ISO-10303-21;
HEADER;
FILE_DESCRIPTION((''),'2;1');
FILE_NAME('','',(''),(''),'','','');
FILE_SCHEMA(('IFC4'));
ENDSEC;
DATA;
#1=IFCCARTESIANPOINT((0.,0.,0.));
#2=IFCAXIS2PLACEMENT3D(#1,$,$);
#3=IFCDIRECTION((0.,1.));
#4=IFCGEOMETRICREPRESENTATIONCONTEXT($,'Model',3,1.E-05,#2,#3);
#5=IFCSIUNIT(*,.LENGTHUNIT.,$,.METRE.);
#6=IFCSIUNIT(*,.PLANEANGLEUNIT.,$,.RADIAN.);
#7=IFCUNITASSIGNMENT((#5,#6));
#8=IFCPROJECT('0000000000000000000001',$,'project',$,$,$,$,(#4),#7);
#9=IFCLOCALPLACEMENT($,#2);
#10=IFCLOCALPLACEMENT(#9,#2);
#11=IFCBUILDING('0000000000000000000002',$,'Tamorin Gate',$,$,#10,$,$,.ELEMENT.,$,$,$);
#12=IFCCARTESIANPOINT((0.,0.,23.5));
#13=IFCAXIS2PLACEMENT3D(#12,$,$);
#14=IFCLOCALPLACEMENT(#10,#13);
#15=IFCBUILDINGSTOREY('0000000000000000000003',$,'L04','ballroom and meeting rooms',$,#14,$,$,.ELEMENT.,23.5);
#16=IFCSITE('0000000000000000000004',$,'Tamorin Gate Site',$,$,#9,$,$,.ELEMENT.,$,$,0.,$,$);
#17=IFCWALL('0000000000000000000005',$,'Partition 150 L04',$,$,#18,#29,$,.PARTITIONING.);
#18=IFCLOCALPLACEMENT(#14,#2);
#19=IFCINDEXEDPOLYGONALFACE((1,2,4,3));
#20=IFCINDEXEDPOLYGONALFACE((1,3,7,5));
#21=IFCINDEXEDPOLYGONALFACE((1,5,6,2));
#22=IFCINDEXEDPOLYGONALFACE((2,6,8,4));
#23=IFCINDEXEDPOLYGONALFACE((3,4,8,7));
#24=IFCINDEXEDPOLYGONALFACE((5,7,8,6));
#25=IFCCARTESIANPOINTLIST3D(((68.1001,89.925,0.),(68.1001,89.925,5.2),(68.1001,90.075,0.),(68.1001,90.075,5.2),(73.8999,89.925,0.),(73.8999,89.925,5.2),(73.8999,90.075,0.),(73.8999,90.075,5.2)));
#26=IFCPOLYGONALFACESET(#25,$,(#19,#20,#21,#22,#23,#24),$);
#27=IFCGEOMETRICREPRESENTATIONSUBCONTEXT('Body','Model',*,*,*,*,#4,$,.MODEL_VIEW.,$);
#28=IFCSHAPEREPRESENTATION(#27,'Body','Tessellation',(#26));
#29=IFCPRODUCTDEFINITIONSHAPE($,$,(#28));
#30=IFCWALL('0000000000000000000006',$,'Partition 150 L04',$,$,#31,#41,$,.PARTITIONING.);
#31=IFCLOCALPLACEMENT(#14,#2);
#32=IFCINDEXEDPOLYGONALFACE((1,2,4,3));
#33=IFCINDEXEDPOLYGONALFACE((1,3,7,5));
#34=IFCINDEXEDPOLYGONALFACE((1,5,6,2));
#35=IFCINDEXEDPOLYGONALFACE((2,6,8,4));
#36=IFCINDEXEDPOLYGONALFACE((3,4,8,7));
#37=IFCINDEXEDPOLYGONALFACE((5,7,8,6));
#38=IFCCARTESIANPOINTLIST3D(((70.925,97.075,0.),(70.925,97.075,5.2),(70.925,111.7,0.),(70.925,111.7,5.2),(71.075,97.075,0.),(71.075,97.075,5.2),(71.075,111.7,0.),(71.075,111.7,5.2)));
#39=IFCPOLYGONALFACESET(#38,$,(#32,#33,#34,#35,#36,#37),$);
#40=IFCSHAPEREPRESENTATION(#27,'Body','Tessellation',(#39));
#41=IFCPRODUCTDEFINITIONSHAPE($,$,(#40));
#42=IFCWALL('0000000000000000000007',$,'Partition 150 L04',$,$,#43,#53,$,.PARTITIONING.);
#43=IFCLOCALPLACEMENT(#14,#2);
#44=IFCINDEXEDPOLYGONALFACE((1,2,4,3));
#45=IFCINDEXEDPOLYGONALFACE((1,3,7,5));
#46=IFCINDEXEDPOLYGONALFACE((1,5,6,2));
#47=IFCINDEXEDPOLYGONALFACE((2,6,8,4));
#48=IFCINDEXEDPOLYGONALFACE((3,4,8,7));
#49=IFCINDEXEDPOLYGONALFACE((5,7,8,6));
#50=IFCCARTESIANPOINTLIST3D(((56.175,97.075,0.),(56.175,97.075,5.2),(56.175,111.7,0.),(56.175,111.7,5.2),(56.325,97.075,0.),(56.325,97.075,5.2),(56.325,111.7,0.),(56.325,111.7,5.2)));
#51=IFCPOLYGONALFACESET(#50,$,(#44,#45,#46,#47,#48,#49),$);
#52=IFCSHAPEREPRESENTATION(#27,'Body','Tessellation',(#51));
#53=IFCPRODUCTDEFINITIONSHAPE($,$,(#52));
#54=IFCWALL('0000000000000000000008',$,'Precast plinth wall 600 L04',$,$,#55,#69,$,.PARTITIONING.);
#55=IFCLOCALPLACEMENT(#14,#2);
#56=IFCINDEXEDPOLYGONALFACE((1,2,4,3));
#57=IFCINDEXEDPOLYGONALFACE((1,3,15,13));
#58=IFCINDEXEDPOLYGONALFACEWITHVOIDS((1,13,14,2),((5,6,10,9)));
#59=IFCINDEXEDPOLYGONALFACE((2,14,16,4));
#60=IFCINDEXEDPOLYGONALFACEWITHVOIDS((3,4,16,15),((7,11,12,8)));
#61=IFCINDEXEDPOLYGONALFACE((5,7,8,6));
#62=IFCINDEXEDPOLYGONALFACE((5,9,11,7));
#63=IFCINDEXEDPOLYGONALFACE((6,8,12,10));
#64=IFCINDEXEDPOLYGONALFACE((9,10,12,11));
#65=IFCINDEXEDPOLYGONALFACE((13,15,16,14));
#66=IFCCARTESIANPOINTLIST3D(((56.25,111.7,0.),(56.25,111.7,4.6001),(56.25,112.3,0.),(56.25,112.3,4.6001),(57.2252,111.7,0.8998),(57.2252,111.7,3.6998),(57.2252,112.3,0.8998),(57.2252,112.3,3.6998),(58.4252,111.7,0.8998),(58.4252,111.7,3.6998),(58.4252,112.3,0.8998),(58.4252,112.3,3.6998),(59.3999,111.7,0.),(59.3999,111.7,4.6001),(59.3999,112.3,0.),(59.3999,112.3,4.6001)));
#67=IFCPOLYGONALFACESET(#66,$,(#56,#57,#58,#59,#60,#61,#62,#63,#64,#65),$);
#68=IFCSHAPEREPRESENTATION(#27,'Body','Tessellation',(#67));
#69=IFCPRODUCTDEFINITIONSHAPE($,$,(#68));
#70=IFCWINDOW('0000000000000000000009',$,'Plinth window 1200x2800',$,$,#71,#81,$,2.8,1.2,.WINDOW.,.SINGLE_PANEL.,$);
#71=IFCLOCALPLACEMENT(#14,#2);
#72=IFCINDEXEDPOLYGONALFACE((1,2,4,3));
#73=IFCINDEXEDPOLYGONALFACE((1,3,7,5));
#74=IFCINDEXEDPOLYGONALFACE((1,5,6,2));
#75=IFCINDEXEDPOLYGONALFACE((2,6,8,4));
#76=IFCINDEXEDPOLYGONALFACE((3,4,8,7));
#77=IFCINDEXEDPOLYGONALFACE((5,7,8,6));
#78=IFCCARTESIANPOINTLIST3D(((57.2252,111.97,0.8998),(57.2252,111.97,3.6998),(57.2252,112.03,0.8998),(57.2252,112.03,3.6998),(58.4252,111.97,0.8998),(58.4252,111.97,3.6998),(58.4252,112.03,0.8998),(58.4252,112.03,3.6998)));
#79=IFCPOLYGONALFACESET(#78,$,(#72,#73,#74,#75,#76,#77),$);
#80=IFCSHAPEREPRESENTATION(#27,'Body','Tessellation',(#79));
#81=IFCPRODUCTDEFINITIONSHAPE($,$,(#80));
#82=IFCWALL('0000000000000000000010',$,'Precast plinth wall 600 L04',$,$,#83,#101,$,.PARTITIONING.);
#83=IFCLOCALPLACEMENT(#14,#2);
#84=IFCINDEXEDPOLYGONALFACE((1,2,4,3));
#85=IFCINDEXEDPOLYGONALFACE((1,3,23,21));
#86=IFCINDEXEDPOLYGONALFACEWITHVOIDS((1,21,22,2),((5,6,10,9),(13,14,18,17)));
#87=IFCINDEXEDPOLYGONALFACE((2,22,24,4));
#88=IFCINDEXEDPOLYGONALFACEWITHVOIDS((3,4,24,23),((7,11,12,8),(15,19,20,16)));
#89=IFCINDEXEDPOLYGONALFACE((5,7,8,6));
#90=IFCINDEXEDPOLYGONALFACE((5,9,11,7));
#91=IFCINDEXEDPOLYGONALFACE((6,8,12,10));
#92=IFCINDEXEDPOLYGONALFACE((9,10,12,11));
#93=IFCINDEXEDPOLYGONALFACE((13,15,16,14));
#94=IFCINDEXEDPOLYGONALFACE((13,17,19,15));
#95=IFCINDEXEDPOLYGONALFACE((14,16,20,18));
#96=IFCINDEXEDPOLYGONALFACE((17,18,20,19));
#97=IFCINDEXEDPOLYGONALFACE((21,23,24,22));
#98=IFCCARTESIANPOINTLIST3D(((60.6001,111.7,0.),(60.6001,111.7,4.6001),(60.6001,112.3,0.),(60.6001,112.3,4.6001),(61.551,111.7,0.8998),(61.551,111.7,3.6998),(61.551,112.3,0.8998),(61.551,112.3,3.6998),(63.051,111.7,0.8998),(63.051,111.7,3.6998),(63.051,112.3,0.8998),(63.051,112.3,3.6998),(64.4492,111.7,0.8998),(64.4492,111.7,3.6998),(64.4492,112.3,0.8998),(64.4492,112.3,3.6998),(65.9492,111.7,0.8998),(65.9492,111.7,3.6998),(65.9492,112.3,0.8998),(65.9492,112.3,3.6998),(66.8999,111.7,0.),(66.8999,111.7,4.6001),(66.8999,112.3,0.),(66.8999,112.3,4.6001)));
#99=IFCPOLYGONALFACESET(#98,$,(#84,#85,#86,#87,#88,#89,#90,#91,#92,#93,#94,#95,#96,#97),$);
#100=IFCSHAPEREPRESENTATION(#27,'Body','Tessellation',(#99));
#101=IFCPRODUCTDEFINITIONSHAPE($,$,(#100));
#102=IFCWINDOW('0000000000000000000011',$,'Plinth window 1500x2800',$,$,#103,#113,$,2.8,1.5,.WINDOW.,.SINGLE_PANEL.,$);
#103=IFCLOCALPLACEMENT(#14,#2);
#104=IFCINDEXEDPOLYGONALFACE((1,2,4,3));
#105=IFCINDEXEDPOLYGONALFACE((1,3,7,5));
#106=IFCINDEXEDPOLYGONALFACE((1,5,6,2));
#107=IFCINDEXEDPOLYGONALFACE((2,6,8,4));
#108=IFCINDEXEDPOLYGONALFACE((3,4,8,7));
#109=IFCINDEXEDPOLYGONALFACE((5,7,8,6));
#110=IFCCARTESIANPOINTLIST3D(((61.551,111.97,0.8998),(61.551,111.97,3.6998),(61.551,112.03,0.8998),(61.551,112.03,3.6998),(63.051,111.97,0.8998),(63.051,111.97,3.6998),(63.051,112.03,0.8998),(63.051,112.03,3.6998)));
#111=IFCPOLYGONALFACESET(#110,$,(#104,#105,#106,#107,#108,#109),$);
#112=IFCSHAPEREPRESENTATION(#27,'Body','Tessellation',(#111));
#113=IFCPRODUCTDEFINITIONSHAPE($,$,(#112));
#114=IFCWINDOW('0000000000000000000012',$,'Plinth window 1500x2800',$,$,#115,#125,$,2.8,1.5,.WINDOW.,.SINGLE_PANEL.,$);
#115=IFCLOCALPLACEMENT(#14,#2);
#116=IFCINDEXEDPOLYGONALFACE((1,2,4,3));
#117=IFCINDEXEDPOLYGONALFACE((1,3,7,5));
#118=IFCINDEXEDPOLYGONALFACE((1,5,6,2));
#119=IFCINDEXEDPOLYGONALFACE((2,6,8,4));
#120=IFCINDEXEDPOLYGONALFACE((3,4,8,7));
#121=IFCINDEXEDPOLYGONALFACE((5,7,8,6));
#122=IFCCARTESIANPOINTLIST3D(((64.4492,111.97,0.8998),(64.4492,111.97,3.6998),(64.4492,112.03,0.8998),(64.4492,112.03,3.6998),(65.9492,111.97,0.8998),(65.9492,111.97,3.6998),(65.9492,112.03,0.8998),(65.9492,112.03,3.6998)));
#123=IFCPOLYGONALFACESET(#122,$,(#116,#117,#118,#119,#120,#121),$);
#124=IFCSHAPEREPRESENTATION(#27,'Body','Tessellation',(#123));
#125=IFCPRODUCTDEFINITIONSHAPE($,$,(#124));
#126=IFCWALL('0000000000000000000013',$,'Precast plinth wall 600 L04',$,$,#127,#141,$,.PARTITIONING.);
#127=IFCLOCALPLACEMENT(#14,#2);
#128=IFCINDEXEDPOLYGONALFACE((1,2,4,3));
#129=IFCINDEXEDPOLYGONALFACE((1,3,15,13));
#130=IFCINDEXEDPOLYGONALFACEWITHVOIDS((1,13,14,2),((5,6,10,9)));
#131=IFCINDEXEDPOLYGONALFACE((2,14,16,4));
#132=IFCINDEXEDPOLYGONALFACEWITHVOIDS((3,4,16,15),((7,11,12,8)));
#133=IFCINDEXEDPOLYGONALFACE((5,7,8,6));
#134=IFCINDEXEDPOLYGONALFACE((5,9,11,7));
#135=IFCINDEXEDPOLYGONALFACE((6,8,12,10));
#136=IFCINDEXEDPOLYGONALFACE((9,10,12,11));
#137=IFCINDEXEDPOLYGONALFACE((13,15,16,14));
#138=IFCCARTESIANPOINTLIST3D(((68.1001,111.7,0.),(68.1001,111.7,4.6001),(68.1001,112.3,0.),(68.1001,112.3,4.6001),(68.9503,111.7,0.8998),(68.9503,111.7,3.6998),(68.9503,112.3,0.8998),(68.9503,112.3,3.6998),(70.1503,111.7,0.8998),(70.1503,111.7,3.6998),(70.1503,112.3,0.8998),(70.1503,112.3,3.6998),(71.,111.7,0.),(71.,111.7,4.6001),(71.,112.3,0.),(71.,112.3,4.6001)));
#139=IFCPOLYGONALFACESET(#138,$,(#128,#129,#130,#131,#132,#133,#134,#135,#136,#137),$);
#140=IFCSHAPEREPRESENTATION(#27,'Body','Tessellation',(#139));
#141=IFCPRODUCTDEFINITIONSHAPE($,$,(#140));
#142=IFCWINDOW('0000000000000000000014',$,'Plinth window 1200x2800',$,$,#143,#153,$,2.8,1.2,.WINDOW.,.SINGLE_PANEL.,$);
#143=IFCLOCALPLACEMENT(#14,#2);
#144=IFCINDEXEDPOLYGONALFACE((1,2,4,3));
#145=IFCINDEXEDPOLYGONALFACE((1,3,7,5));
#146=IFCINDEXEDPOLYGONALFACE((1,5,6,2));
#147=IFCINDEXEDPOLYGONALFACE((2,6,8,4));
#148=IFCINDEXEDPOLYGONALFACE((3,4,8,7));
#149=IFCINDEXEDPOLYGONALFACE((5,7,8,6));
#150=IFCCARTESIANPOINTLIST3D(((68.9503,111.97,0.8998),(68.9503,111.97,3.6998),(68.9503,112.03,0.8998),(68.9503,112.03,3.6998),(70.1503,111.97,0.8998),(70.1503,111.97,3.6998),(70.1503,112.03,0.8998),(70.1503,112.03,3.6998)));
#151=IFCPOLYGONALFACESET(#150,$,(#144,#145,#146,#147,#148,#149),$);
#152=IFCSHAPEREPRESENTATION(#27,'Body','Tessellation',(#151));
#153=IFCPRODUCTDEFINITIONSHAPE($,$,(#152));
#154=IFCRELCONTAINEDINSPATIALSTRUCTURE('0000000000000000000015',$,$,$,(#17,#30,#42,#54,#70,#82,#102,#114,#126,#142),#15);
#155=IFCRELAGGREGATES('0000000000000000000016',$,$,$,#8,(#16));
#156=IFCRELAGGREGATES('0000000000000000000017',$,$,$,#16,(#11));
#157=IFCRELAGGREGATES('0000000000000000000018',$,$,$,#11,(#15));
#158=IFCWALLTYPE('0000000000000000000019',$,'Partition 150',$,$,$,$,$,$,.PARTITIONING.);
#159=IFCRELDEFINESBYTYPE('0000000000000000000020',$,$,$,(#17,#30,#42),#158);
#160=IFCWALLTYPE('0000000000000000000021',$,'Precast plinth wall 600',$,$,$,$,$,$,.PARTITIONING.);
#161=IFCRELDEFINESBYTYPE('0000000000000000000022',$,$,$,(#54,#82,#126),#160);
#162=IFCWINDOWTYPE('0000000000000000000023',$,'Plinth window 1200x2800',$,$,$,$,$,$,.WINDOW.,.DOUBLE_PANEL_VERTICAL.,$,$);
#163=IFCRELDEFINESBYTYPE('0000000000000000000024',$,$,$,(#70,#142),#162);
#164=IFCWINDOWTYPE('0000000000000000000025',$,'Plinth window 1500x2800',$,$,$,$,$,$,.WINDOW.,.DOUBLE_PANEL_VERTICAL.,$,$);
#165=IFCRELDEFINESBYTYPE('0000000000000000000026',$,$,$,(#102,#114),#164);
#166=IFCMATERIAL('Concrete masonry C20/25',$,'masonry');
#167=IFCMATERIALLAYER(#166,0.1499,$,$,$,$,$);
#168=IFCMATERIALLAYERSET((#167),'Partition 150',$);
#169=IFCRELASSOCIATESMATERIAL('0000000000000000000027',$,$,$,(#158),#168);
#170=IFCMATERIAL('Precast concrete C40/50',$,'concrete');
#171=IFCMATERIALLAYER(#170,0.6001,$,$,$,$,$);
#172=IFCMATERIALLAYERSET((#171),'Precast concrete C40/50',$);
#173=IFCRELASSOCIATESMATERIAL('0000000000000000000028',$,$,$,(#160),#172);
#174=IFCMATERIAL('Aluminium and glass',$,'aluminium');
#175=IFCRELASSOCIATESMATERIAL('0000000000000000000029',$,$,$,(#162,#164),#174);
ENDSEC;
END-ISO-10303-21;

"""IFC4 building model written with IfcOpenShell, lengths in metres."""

from ifc_helpers import new_model, si_unit, direction, frame, frame_2d, origin, place, context, subcontext, project, spatial, rectangle, extrude, material, layer, layer_set, type_object, element, fill, save


model = new_model("IFC4")

# Units and contexts
model_context = context("Model", 3, precision=1e-05, world=origin(), true_north=direction((0.0, 1.0)))
body_context = subcontext(model_context, "Body", "Model", "MODEL_VIEW")
ifc_project = project(units=[si_unit("LENGTHUNIT", "METRE"), si_unit("PLANEANGLEUNIT", "RADIAN")], contexts=[model_context])

# Site, building, storey
site_placement = place(None, origin())
site = spatial("IfcSite", under=ifc_project, at=site_placement, Name="Tamorin Gate Site", CompositionType="ELEMENT", RefElevation=0.0)
building_placement = place(site_placement, origin())
building = spatial("IfcBuilding", under=site, at=building_placement, Name="Tamorin Gate", CompositionType="ELEMENT")
storey_placement = place(building_placement, frame((0.0, 0.0, 23.5)))
storey = spatial("IfcBuildingStorey", under=building, at=storey_placement, Name="L04", Description="ballroom and meeting rooms", CompositionType="ELEMENT", Elevation=23.5)

# Shared definitions
ifc_material_1 = material(Name="Concrete masonry C20/25", Category="masonry")
ifc_layer_1 = layer(ifc_material_1, 0.1499)
ifc_layer_set_1 = layer_set([ifc_layer_1], Name="Partition 150")
wall_type_1 = type_object("IfcWallType", Name="Partition 150", PredefinedType="PARTITIONING", material=ifc_layer_set_1)

# Walls
wall_1_placement = place(storey_placement, frame((68.1001, 90.0, 0.0), z_axis=(0.0, 0.0, 1.0), x_axis=(1.0, 0.0, 0.0)))
element("IfcWall", 1, at=wall_1_placement, inside=storey, type_object=wall_type_1, Name="Partition 150 L04", PredefinedType="PARTITIONING", context=body_context, shape_type="SweptSolid", body=[
    extrude(rectangle(XDim=5.7998, YDim=0.1499, at=frame_2d((2.8999, 0.0))), origin(), (0.0, 0.0, 1.0), 5.2),
])
for number, where, z_axis, x_axis, name in (
    (2, (71.0, 97.075, 0.0), (0.0, 0.0, 1.0), (0.0, 1.0, 0.0), "Partition 150 L04"),
    (3, (56.25, 97.075, 0.0), (0.0, 0.0, 1.0), (0.0, 1.0, 0.0), "Partition 150 L04"),
):
    element("IfcWall", number, at=place(storey_placement, frame(where, z_axis=z_axis, x_axis=x_axis)), inside=storey, type_object=wall_type_1, Name=name, PredefinedType="PARTITIONING", context=body_context, shape_type="SweptSolid", body=[
        extrude(rectangle(XDim=14.625, YDim=0.1499, at=frame_2d((7.3125, 0.0))), origin(), (0.0, 0.0, 1.0), 5.2),
    ])

# Wall, opening, window
ifc_material_2 = material(Name="Precast concrete C40/50", Category="concrete")
ifc_layer_2 = layer(ifc_material_2, 0.6001)
ifc_layer_set_2 = layer_set([ifc_layer_2], Name="Precast concrete C40/50")
wall_type_2 = type_object("IfcWallType", Name="Precast plinth wall 600", PredefinedType="PARTITIONING", material=ifc_layer_set_2)
wall_2_placement = place(storey_placement, frame((56.25, 112.0, 0.0), z_axis=(0.0, 0.0, 1.0), x_axis=(1.0, 0.0, 0.0)))
wall_2 = element("IfcWall", 4, at=wall_2_placement, inside=storey, type_object=wall_type_2, Name="Precast plinth wall 600 L04", PredefinedType="PARTITIONING", context=body_context, shape_type="SweptSolid", body=[
    extrude(rectangle(XDim=3.1499, YDim=0.6001, at=frame_2d((1.575, 0.0))), origin(), (0.0, 0.0, 1.0), 4.6001),
])
opening_1_placement = place(wall_2_placement, frame((0.9751, 0.0, 0.8999)))
opening_1 = element("IfcOpeningElement", 5, at=opening_1_placement, cuts=wall_2, PredefinedType="OPENING", context=body_context, shape_type="SweptSolid", body=[
    extrude(rectangle(XDim=1.2, YDim=2.8, at=frame_2d((0.6001, 1.3999))), frame((0.0, 0.3101, 0.0), z_axis=(0.0, -1.0, 0.0), x_axis=(1.0, 0.0, 0.0)), (0.0, 0.0, 1.0), 0.6201),
])
ifc_material_3 = material(Name="Aluminium and glass", Category="aluminium")
window_type_1 = type_object("IfcWindowType", Name="Plinth window 1200x2800", PartitioningType="DOUBLE_PANEL_VERTICAL", PredefinedType="WINDOW", material=ifc_material_3)
window_1_placement = place(opening_1_placement, origin())
window_1 = element("IfcWindow", 6, at=window_1_placement, inside=storey, type_object=window_type_1, Name="Plinth window 1200x2800", OverallHeight=2.8, OverallWidth=1.2, PartitioningType="SINGLE_PANEL", PredefinedType="WINDOW", context=body_context, shape_type="SweptSolid", body=[
    extrude(rectangle(XDim=1.2, YDim=2.8, at=frame_2d((0.6001, 1.3999))), frame((0.0, 0.03, 0.0), z_axis=(0.0, -1.0, 0.0), x_axis=(1.0, 0.0, 0.0)), (0.0, 0.0, 1.0), 0.0601),
])
fill(opening_1, window_1)

# Wall, openings, windows
wall_3_placement = place(storey_placement, frame((60.6001, 112.0, 0.0), z_axis=(0.0, 0.0, 1.0), x_axis=(1.0, 0.0, 0.0)))
wall_3 = element("IfcWall", 7, at=wall_3_placement, inside=storey, type_object=wall_type_2, Name="Precast plinth wall 600 L04", PredefinedType="PARTITIONING", context=body_context, shape_type="SweptSolid", body=[
    extrude(rectangle(XDim=6.2998, YDim=0.6001, at=frame_2d((3.1499, 0.0))), origin(), (0.0, 0.0, 1.0), 4.6001),
])
opening_2_placement = place(wall_3_placement, frame((0.9509, 0.0, 0.8999)))
opening_2 = element("IfcOpeningElement", 8, at=opening_2_placement, cuts=wall_3, PredefinedType="OPENING", context=body_context, shape_type="SweptSolid", body=[
    extrude(rectangle(XDim=1.5, YDim=2.8, at=frame_2d((0.75, 1.3999))), frame((0.0, 0.3101, 0.0), z_axis=(0.0, -1.0, 0.0), x_axis=(1.0, 0.0, 0.0)), (0.0, 0.0, 1.0), 0.6201),
])
opening_3_placement = place(wall_3_placement, frame((3.8491, 0.0, 0.8999)))
opening_3 = element("IfcOpeningElement", 9, at=opening_3_placement, cuts=wall_3, PredefinedType="OPENING", context=body_context, shape_type="SweptSolid", body=[
    extrude(rectangle(XDim=1.5, YDim=2.8, at=frame_2d((0.75, 1.3999))), frame((0.0, 0.3101, 0.0), z_axis=(0.0, -1.0, 0.0), x_axis=(1.0, 0.0, 0.0)), (0.0, 0.0, 1.0), 0.6201),
])
window_type_2 = type_object("IfcWindowType", Name="Plinth window 1500x2800", PartitioningType="DOUBLE_PANEL_VERTICAL", PredefinedType="WINDOW", material=ifc_material_3)
window_2_placement = place(opening_2_placement, origin())
window_2 = element("IfcWindow", 10, at=window_2_placement, inside=storey, type_object=window_type_2, Name="Plinth window 1500x2800", OverallHeight=2.8, OverallWidth=1.5, PartitioningType="SINGLE_PANEL", PredefinedType="WINDOW", context=body_context, shape_type="SweptSolid", body=[
    extrude(rectangle(XDim=1.5, YDim=2.8, at=frame_2d((0.75, 1.3999))), frame((0.0, 0.03, 0.0), z_axis=(0.0, -1.0, 0.0), x_axis=(1.0, 0.0, 0.0)), (0.0, 0.0, 1.0), 0.0601),
])
fill(opening_2, window_2)
window_3_placement = place(opening_3_placement, origin())
window_3 = element("IfcWindow", 11, at=window_3_placement, inside=storey, type_object=window_type_2, Name="Plinth window 1500x2800", OverallHeight=2.8, OverallWidth=1.5, PartitioningType="SINGLE_PANEL", PredefinedType="WINDOW", context=body_context, shape_type="SweptSolid", body=[
    extrude(rectangle(XDim=1.5, YDim=2.8, at=frame_2d((0.75, 1.3999))), frame((0.0, 0.03, 0.0), z_axis=(0.0, -1.0, 0.0), x_axis=(1.0, 0.0, 0.0)), (0.0, 0.0, 1.0), 0.0601),
])
fill(opening_3, window_3)

# Wall, opening, window
wall_4_placement = place(storey_placement, frame((68.1001, 112.0, 0.0), z_axis=(0.0, 0.0, 1.0), x_axis=(1.0, 0.0, 0.0)))
wall_4 = element("IfcWall", 12, at=wall_4_placement, inside=storey, type_object=wall_type_2, Name="Precast plinth wall 600 L04", PredefinedType="PARTITIONING", context=body_context, shape_type="SweptSolid", body=[
    extrude(rectangle(XDim=2.8999, YDim=0.6001, at=frame_2d((1.45, 0.0))), origin(), (0.0, 0.0, 1.0), 4.6001),
])
opening_4_placement = place(wall_4_placement, frame((0.8501, 0.0, 0.8999)))
opening_4 = element("IfcOpeningElement", 13, at=opening_4_placement, cuts=wall_4, PredefinedType="OPENING", context=body_context, shape_type="SweptSolid", body=[
    extrude(rectangle(XDim=1.2, YDim=2.8, at=frame_2d((0.6001, 1.3999))), frame((0.0, 0.3101, 0.0), z_axis=(0.0, -1.0, 0.0), x_axis=(1.0, 0.0, 0.0)), (0.0, 0.0, 1.0), 0.6201),
])
window_4_placement = place(opening_4_placement, origin())
window_4 = element("IfcWindow", 14, at=window_4_placement, inside=storey, type_object=window_type_1, Name="Plinth window 1200x2800", OverallHeight=2.8, OverallWidth=1.2, PartitioningType="SINGLE_PANEL", PredefinedType="WINDOW", context=body_context, shape_type="SweptSolid", body=[
    extrude(rectangle(XDim=1.2, YDim=2.8, at=frame_2d((0.6001, 1.3999))), frame((0.0, 0.03, 0.0), z_axis=(0.0, -1.0, 0.0), x_axis=(1.0, 0.0, 0.0)), (0.0, 0.0, 1.0), 0.0601),
])
fill(opening_4, window_4)

save(model, "model.ifc")
